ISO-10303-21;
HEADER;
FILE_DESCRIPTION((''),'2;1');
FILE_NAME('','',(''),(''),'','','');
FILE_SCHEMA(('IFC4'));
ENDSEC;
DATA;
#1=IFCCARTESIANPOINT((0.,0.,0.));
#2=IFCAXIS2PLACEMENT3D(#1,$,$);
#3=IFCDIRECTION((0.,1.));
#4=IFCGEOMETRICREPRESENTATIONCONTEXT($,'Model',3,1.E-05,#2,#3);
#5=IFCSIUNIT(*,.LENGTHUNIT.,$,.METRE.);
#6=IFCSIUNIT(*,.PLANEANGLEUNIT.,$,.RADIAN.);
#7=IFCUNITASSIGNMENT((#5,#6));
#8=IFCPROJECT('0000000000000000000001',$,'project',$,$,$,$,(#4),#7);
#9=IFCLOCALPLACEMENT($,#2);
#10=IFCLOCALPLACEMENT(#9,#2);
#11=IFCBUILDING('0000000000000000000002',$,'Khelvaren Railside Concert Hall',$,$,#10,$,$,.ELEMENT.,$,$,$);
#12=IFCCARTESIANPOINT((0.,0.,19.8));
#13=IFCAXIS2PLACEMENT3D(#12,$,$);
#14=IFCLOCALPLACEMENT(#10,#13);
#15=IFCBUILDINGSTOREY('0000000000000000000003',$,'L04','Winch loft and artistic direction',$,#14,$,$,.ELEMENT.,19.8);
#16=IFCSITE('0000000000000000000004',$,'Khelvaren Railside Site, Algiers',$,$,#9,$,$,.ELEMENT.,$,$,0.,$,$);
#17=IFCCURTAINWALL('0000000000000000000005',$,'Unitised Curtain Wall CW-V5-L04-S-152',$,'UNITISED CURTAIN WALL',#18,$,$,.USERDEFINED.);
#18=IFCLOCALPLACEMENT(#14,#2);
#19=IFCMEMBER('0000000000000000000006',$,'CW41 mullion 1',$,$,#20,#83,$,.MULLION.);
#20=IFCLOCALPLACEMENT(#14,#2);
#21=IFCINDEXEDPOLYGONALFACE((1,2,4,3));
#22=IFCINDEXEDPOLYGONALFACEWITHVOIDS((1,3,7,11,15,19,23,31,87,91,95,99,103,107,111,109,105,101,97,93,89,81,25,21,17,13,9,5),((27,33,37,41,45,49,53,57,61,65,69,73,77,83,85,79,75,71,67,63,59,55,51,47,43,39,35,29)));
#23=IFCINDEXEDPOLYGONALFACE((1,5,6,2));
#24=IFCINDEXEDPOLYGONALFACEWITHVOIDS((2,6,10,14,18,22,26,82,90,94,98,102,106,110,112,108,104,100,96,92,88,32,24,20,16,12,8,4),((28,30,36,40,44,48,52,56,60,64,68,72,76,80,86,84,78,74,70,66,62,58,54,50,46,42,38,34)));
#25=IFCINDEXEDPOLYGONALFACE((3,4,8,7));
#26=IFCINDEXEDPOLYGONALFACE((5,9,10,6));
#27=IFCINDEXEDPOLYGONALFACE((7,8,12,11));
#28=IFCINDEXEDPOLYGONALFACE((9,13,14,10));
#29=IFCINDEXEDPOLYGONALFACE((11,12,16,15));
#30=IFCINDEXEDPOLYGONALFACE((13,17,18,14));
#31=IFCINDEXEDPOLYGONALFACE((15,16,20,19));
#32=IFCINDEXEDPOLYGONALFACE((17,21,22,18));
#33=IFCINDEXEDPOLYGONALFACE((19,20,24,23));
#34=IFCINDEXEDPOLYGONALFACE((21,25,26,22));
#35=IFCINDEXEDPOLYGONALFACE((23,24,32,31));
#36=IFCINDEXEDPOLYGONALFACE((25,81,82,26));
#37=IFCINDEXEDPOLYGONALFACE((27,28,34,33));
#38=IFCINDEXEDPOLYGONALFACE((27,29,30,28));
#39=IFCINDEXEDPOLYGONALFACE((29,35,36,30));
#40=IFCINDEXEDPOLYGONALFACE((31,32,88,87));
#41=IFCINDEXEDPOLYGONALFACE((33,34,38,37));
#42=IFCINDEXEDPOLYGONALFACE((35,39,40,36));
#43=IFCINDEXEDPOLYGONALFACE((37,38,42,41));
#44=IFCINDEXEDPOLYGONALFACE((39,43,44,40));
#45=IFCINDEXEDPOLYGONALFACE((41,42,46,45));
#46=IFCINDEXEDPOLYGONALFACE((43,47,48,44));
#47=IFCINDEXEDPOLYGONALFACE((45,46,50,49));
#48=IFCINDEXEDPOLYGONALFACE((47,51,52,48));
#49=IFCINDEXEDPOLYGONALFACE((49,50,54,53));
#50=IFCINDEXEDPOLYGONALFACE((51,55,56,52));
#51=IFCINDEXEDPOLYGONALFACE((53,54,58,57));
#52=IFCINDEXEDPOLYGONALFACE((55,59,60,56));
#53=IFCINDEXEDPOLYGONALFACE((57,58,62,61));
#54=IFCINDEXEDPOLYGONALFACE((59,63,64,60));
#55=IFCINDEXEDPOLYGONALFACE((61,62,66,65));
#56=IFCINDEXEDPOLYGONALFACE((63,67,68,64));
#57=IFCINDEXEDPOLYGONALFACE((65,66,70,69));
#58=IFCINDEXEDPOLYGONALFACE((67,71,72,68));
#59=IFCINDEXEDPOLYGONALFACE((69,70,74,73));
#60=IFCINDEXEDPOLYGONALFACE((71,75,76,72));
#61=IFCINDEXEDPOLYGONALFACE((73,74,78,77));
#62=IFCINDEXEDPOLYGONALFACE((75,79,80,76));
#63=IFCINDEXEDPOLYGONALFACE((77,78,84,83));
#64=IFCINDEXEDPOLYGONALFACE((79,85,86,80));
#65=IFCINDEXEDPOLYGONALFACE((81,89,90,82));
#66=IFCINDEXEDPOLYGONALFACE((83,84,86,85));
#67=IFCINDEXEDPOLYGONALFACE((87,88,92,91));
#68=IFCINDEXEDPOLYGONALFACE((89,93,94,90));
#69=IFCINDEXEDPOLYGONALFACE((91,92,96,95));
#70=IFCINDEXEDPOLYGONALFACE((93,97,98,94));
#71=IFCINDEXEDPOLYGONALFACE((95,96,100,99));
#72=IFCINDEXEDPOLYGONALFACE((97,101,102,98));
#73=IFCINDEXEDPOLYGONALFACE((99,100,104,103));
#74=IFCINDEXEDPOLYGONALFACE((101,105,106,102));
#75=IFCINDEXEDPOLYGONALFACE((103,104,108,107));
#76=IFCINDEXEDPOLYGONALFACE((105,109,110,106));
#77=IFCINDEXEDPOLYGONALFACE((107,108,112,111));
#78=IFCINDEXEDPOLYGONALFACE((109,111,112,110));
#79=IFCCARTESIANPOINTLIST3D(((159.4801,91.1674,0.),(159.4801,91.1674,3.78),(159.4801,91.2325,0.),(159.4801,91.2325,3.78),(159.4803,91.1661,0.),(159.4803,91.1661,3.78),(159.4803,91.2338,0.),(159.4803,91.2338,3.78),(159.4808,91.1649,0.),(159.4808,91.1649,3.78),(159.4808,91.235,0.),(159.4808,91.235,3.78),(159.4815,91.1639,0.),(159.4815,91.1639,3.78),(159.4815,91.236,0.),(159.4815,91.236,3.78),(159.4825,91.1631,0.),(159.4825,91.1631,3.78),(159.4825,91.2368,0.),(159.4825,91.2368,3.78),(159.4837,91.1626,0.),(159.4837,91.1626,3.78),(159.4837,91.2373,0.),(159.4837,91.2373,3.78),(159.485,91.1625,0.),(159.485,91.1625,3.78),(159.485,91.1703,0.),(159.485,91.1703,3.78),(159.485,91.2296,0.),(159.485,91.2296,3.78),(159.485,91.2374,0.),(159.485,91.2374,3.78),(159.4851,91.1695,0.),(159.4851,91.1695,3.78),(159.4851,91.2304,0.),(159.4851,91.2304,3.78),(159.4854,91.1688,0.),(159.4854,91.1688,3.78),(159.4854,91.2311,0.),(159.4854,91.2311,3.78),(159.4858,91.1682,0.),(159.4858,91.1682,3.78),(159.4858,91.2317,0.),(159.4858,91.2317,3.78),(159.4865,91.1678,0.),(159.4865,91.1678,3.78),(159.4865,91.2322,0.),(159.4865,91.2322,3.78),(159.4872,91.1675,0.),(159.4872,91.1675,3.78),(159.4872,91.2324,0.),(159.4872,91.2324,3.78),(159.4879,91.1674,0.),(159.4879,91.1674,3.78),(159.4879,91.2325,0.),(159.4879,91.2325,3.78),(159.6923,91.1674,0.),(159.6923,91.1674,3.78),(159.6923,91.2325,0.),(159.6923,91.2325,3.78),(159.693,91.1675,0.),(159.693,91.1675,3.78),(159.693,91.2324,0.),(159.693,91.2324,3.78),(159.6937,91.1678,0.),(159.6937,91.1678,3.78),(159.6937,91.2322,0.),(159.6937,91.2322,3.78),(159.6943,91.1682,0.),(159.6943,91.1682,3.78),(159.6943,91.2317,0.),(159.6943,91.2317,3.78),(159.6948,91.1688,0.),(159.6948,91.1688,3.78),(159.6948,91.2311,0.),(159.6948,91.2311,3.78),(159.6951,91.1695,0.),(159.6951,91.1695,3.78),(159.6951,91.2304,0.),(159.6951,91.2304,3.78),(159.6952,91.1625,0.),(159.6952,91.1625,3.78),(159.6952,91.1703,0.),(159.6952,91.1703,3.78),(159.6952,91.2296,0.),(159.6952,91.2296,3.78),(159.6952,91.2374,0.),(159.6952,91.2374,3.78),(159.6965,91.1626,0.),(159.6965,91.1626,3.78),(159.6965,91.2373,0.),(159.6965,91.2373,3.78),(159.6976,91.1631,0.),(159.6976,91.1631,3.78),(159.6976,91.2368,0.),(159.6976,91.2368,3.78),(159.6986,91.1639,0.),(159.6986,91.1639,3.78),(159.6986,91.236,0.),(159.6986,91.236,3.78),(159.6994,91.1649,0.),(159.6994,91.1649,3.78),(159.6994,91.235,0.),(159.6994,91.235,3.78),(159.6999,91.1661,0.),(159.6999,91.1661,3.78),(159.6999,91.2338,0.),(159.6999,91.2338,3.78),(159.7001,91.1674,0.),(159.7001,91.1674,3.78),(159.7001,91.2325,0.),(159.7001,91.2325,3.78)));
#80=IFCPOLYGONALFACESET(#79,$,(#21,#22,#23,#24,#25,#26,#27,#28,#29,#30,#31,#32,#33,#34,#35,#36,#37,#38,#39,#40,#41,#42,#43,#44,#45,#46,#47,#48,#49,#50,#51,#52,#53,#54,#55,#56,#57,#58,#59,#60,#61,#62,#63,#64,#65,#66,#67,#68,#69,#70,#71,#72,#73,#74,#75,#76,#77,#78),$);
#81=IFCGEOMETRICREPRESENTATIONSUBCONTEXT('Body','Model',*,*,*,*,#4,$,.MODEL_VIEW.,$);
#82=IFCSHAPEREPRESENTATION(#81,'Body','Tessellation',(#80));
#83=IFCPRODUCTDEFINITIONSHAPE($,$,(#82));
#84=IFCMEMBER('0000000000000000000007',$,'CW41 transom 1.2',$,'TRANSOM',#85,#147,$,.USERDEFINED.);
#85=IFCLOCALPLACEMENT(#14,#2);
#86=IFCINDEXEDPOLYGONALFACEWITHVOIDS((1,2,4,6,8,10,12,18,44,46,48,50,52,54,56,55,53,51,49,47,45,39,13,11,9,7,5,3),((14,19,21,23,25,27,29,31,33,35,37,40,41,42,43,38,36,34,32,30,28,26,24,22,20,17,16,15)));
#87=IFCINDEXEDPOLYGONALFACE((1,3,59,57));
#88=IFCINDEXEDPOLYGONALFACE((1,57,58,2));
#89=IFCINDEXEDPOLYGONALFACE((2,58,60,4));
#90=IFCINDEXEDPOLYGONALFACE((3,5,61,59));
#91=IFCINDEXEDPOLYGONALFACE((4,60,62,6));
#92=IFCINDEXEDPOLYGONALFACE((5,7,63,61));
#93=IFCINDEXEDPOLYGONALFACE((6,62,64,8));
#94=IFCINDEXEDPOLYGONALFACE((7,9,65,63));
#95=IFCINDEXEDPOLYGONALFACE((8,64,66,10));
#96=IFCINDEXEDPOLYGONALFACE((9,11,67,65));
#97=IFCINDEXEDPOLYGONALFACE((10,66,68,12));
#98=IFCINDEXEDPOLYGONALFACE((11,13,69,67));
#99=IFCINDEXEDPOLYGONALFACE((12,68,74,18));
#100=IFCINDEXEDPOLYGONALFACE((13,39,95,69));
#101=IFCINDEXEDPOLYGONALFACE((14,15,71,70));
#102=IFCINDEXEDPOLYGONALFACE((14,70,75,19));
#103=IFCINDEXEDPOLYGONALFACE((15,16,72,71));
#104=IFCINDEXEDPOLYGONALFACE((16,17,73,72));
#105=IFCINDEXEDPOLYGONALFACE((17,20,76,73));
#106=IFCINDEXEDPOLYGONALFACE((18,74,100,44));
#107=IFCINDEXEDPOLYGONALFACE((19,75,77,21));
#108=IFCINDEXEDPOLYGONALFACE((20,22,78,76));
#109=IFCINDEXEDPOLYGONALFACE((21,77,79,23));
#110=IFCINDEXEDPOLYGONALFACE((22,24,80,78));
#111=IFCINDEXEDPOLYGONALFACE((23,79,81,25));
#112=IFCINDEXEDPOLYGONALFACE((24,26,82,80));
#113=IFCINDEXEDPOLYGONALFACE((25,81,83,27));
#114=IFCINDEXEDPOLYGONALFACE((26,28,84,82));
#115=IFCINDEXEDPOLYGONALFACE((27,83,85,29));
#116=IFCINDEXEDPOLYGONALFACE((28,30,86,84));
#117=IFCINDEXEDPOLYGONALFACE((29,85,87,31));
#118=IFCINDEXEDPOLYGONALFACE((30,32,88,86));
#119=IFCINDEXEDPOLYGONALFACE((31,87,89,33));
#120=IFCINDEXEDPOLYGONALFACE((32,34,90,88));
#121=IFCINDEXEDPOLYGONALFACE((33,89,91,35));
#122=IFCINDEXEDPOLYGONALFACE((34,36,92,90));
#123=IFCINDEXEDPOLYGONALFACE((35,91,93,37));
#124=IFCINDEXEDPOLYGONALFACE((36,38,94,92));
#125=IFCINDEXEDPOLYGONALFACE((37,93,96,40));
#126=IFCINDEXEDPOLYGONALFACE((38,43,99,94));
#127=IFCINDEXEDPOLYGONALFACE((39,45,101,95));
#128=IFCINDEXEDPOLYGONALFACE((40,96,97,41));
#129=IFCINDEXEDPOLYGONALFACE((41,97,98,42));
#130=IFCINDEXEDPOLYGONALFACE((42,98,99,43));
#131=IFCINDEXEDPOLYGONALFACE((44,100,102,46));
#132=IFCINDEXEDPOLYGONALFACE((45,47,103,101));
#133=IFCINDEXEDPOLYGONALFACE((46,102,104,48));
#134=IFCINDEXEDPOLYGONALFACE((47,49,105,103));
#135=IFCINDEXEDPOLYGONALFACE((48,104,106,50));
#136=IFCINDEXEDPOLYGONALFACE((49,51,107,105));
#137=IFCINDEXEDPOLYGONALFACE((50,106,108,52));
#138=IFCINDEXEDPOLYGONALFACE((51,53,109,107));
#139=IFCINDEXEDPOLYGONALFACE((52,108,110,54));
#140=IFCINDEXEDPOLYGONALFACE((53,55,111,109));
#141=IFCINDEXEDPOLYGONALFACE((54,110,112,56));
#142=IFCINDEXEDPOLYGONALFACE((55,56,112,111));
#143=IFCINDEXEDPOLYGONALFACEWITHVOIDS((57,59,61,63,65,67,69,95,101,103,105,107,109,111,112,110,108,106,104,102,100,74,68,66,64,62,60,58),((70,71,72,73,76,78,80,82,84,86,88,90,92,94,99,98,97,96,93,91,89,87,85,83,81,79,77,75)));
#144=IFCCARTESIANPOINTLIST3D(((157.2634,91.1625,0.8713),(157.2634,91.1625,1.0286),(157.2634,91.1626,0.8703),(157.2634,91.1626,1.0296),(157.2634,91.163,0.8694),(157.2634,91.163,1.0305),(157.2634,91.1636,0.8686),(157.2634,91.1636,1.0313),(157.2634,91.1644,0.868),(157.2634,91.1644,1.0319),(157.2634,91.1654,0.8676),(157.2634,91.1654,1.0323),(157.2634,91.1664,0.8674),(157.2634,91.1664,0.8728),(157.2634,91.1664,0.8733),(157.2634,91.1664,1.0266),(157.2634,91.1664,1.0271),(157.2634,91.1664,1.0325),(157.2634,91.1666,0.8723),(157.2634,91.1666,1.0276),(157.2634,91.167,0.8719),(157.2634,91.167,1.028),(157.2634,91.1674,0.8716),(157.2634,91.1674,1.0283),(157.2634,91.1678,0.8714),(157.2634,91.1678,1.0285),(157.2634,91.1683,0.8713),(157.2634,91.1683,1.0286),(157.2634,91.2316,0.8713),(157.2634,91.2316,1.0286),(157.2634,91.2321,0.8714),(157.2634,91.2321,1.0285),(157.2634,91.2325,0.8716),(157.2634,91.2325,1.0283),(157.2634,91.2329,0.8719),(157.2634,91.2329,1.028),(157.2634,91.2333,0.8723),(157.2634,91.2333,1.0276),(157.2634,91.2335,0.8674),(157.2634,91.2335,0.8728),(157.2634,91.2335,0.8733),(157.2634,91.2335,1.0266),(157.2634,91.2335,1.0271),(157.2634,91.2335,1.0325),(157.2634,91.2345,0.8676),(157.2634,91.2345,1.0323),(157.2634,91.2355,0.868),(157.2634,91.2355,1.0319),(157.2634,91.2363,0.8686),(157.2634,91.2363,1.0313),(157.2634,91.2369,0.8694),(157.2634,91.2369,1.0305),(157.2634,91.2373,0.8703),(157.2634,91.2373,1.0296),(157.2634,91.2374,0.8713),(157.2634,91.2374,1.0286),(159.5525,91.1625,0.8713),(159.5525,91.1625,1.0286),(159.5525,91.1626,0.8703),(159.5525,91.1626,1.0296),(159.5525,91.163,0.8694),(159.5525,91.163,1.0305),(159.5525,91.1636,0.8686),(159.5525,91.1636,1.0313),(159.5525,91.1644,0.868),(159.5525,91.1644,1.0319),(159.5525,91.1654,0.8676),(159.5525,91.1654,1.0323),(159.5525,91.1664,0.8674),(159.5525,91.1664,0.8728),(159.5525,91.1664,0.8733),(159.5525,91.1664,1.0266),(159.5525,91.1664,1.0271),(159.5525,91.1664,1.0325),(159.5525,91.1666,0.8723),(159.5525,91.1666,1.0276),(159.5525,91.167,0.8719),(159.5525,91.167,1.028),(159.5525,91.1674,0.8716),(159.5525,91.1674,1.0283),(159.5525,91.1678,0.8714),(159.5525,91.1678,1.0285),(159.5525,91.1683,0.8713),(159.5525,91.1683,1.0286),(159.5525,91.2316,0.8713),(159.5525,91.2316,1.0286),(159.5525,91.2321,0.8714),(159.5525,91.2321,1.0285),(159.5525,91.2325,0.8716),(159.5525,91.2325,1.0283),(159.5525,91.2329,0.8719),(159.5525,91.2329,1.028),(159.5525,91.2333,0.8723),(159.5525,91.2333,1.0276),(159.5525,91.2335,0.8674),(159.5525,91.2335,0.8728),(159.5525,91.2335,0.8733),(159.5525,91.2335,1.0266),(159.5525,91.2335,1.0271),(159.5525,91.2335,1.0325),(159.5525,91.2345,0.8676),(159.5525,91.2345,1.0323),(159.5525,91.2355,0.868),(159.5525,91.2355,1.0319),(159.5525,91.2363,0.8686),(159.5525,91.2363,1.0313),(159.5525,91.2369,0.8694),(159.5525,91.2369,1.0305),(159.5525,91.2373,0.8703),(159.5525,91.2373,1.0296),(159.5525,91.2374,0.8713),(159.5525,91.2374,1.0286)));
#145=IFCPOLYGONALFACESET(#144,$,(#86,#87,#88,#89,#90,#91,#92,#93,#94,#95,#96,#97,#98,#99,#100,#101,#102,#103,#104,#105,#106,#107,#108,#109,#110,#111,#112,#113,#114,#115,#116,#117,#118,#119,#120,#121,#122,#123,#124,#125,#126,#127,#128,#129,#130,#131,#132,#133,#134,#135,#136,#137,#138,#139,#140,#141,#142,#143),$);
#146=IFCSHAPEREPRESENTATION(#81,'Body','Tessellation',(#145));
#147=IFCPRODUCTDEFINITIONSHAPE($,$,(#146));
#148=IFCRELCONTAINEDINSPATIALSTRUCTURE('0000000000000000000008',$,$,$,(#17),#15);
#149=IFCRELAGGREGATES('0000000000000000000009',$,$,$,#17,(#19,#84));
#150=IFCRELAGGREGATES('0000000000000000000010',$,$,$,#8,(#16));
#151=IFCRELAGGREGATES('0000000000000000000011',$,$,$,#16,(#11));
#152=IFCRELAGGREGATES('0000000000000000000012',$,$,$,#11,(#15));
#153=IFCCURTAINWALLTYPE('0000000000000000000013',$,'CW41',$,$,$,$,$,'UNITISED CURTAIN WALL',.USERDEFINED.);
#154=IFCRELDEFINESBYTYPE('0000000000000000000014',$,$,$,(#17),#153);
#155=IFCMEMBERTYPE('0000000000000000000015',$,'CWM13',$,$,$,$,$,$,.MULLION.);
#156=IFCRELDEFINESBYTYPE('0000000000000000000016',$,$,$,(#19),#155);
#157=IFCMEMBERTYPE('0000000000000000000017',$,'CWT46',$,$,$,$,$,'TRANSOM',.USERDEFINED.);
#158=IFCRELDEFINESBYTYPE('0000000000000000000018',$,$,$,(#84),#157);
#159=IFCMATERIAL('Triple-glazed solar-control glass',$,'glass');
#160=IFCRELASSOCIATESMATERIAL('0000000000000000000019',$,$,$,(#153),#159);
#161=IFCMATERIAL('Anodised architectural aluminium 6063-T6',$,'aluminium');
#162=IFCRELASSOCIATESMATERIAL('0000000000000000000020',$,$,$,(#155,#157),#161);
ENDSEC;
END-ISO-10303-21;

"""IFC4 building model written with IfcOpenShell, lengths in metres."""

from ifc_helpers import new_model, si_unit, direction, frame, origin, origin_2d, place, context, subcontext, project, spatial, hollow_rectangle, extrude, material, material_profile, profile_set, type_object, element, aggregate, save


model = new_model("IFC4")

# Units and contexts
model_context = context("Model", 3, precision=1e-05, world=origin(), true_north=direction((0.0, 1.0)))
body_context = subcontext(model_context, "Body", "Model", "MODEL_VIEW")
ifc_project = project(units=[si_unit("LENGTHUNIT", "METRE"), si_unit("PLANEANGLEUNIT", "RADIAN")], contexts=[model_context])

# Site, building, storey
site_placement = place(None, origin())
site = spatial("IfcSite", under=ifc_project, at=site_placement, Name="Khelvaren Railside Site, Algiers", CompositionType="ELEMENT", RefElevation=0.0)
building_placement = place(site_placement, origin())
building = spatial("IfcBuilding", under=site, at=building_placement, Name="Khelvaren Railside Concert Hall", CompositionType="ELEMENT")
storey_placement = place(building_placement, frame((0.0, 0.0, 19.8)))
storey = spatial("IfcBuildingStorey", under=building, at=storey_placement, Name="L04", Description="Winch loft and artistic direction", CompositionType="ELEMENT", Elevation=19.8)

# Curtain wall, members
ifc_material_1 = material(Name="Triple-glazed solar-control glass", Category="glass")
curtain_wall_type = type_object("IfcCurtainWallType", Name="CW41", ElementType="UNITISED CURTAIN WALL", PredefinedType="USERDEFINED", material=ifc_material_1)
curtain_wall_placement = place(storey_placement, origin())
curtain_wall = element("IfcCurtainWall", 1, at=curtain_wall_placement, inside=storey, type_object=curtain_wall_type, Name="Unitised Curtain Wall CW-V5-L04-S-152", ObjectType="UNITISED CURTAIN WALL", PredefinedType="USERDEFINED")
ifc_material_2 = material(Name="Anodised architectural aluminium 6063-T6", Category="aluminium")
ifc_material_profile_1 = material_profile(ifc_material_2, hollow_rectangle(XDim=0.075, YDim=0.22, WallThickness=0.0049, InnerFilletRadius=0.0029, OuterFilletRadius=0.0049, at=origin_2d()), Name="CWM 75x220x5")
ifc_profile_set_1 = profile_set([ifc_material_profile_1], Name="Anodised architectural aluminium 6063-T6")
member_type_1 = type_object("IfcMemberType", Name="CWM13", PredefinedType="MULLION", material=ifc_profile_set_1)
member_1_placement = place(storey_placement, frame((159.5901, 91.2, 0.0), z_axis=(0.0, 0.0, 1.0), x_axis=(0.0, -1.0, 0.0)))
member_1 = element("IfcMember", 2, at=member_1_placement, type_object=member_type_1, Name="CW41 mullion 1", PredefinedType="MULLION", context=body_context, shape_type="SweptSolid", body=[
    extrude(hollow_rectangle(XDim=0.075, YDim=0.22, WallThickness=0.0049, InnerFilletRadius=0.0029, OuterFilletRadius=0.0049, at=origin_2d()), origin(), (0.0, 0.0, 1.0), 3.78),
])
ifc_material_profile_2 = material_profile(ifc_material_2, hollow_rectangle(XDim=0.075, YDim=0.165, WallThickness=0.0039, InnerFilletRadius=0.002, OuterFilletRadius=0.0039, at=origin_2d()), Name="CWT 75x165x4")
ifc_profile_set_2 = profile_set([ifc_material_profile_2], Name="Anodised architectural aluminium 6063-T6")
member_type_2 = type_object("IfcMemberType", Name="CWT46", ElementType="TRANSOM", PredefinedType="USERDEFINED", material=ifc_profile_set_2)
member_2_placement = place(storey_placement, frame((159.5525, 91.2, 0.95), z_axis=(-1.0, 0.0, 0.0), x_axis=(0.0, -1.0, 0.0)))
member_2 = element("IfcMember", 3, at=member_2_placement, type_object=member_type_2, Name="CW41 transom 1.2", ObjectType="TRANSOM", PredefinedType="USERDEFINED", context=body_context, shape_type="SweptSolid", body=[
    extrude(hollow_rectangle(XDim=0.075, YDim=0.165, WallThickness=0.0039, InnerFilletRadius=0.002, OuterFilletRadius=0.0039, at=origin_2d()), origin(), (0.0, 0.0, 1.0), 2.2891),
])
aggregate(curtain_wall, [member_1, member_2])

save(model, "model.ifc")
